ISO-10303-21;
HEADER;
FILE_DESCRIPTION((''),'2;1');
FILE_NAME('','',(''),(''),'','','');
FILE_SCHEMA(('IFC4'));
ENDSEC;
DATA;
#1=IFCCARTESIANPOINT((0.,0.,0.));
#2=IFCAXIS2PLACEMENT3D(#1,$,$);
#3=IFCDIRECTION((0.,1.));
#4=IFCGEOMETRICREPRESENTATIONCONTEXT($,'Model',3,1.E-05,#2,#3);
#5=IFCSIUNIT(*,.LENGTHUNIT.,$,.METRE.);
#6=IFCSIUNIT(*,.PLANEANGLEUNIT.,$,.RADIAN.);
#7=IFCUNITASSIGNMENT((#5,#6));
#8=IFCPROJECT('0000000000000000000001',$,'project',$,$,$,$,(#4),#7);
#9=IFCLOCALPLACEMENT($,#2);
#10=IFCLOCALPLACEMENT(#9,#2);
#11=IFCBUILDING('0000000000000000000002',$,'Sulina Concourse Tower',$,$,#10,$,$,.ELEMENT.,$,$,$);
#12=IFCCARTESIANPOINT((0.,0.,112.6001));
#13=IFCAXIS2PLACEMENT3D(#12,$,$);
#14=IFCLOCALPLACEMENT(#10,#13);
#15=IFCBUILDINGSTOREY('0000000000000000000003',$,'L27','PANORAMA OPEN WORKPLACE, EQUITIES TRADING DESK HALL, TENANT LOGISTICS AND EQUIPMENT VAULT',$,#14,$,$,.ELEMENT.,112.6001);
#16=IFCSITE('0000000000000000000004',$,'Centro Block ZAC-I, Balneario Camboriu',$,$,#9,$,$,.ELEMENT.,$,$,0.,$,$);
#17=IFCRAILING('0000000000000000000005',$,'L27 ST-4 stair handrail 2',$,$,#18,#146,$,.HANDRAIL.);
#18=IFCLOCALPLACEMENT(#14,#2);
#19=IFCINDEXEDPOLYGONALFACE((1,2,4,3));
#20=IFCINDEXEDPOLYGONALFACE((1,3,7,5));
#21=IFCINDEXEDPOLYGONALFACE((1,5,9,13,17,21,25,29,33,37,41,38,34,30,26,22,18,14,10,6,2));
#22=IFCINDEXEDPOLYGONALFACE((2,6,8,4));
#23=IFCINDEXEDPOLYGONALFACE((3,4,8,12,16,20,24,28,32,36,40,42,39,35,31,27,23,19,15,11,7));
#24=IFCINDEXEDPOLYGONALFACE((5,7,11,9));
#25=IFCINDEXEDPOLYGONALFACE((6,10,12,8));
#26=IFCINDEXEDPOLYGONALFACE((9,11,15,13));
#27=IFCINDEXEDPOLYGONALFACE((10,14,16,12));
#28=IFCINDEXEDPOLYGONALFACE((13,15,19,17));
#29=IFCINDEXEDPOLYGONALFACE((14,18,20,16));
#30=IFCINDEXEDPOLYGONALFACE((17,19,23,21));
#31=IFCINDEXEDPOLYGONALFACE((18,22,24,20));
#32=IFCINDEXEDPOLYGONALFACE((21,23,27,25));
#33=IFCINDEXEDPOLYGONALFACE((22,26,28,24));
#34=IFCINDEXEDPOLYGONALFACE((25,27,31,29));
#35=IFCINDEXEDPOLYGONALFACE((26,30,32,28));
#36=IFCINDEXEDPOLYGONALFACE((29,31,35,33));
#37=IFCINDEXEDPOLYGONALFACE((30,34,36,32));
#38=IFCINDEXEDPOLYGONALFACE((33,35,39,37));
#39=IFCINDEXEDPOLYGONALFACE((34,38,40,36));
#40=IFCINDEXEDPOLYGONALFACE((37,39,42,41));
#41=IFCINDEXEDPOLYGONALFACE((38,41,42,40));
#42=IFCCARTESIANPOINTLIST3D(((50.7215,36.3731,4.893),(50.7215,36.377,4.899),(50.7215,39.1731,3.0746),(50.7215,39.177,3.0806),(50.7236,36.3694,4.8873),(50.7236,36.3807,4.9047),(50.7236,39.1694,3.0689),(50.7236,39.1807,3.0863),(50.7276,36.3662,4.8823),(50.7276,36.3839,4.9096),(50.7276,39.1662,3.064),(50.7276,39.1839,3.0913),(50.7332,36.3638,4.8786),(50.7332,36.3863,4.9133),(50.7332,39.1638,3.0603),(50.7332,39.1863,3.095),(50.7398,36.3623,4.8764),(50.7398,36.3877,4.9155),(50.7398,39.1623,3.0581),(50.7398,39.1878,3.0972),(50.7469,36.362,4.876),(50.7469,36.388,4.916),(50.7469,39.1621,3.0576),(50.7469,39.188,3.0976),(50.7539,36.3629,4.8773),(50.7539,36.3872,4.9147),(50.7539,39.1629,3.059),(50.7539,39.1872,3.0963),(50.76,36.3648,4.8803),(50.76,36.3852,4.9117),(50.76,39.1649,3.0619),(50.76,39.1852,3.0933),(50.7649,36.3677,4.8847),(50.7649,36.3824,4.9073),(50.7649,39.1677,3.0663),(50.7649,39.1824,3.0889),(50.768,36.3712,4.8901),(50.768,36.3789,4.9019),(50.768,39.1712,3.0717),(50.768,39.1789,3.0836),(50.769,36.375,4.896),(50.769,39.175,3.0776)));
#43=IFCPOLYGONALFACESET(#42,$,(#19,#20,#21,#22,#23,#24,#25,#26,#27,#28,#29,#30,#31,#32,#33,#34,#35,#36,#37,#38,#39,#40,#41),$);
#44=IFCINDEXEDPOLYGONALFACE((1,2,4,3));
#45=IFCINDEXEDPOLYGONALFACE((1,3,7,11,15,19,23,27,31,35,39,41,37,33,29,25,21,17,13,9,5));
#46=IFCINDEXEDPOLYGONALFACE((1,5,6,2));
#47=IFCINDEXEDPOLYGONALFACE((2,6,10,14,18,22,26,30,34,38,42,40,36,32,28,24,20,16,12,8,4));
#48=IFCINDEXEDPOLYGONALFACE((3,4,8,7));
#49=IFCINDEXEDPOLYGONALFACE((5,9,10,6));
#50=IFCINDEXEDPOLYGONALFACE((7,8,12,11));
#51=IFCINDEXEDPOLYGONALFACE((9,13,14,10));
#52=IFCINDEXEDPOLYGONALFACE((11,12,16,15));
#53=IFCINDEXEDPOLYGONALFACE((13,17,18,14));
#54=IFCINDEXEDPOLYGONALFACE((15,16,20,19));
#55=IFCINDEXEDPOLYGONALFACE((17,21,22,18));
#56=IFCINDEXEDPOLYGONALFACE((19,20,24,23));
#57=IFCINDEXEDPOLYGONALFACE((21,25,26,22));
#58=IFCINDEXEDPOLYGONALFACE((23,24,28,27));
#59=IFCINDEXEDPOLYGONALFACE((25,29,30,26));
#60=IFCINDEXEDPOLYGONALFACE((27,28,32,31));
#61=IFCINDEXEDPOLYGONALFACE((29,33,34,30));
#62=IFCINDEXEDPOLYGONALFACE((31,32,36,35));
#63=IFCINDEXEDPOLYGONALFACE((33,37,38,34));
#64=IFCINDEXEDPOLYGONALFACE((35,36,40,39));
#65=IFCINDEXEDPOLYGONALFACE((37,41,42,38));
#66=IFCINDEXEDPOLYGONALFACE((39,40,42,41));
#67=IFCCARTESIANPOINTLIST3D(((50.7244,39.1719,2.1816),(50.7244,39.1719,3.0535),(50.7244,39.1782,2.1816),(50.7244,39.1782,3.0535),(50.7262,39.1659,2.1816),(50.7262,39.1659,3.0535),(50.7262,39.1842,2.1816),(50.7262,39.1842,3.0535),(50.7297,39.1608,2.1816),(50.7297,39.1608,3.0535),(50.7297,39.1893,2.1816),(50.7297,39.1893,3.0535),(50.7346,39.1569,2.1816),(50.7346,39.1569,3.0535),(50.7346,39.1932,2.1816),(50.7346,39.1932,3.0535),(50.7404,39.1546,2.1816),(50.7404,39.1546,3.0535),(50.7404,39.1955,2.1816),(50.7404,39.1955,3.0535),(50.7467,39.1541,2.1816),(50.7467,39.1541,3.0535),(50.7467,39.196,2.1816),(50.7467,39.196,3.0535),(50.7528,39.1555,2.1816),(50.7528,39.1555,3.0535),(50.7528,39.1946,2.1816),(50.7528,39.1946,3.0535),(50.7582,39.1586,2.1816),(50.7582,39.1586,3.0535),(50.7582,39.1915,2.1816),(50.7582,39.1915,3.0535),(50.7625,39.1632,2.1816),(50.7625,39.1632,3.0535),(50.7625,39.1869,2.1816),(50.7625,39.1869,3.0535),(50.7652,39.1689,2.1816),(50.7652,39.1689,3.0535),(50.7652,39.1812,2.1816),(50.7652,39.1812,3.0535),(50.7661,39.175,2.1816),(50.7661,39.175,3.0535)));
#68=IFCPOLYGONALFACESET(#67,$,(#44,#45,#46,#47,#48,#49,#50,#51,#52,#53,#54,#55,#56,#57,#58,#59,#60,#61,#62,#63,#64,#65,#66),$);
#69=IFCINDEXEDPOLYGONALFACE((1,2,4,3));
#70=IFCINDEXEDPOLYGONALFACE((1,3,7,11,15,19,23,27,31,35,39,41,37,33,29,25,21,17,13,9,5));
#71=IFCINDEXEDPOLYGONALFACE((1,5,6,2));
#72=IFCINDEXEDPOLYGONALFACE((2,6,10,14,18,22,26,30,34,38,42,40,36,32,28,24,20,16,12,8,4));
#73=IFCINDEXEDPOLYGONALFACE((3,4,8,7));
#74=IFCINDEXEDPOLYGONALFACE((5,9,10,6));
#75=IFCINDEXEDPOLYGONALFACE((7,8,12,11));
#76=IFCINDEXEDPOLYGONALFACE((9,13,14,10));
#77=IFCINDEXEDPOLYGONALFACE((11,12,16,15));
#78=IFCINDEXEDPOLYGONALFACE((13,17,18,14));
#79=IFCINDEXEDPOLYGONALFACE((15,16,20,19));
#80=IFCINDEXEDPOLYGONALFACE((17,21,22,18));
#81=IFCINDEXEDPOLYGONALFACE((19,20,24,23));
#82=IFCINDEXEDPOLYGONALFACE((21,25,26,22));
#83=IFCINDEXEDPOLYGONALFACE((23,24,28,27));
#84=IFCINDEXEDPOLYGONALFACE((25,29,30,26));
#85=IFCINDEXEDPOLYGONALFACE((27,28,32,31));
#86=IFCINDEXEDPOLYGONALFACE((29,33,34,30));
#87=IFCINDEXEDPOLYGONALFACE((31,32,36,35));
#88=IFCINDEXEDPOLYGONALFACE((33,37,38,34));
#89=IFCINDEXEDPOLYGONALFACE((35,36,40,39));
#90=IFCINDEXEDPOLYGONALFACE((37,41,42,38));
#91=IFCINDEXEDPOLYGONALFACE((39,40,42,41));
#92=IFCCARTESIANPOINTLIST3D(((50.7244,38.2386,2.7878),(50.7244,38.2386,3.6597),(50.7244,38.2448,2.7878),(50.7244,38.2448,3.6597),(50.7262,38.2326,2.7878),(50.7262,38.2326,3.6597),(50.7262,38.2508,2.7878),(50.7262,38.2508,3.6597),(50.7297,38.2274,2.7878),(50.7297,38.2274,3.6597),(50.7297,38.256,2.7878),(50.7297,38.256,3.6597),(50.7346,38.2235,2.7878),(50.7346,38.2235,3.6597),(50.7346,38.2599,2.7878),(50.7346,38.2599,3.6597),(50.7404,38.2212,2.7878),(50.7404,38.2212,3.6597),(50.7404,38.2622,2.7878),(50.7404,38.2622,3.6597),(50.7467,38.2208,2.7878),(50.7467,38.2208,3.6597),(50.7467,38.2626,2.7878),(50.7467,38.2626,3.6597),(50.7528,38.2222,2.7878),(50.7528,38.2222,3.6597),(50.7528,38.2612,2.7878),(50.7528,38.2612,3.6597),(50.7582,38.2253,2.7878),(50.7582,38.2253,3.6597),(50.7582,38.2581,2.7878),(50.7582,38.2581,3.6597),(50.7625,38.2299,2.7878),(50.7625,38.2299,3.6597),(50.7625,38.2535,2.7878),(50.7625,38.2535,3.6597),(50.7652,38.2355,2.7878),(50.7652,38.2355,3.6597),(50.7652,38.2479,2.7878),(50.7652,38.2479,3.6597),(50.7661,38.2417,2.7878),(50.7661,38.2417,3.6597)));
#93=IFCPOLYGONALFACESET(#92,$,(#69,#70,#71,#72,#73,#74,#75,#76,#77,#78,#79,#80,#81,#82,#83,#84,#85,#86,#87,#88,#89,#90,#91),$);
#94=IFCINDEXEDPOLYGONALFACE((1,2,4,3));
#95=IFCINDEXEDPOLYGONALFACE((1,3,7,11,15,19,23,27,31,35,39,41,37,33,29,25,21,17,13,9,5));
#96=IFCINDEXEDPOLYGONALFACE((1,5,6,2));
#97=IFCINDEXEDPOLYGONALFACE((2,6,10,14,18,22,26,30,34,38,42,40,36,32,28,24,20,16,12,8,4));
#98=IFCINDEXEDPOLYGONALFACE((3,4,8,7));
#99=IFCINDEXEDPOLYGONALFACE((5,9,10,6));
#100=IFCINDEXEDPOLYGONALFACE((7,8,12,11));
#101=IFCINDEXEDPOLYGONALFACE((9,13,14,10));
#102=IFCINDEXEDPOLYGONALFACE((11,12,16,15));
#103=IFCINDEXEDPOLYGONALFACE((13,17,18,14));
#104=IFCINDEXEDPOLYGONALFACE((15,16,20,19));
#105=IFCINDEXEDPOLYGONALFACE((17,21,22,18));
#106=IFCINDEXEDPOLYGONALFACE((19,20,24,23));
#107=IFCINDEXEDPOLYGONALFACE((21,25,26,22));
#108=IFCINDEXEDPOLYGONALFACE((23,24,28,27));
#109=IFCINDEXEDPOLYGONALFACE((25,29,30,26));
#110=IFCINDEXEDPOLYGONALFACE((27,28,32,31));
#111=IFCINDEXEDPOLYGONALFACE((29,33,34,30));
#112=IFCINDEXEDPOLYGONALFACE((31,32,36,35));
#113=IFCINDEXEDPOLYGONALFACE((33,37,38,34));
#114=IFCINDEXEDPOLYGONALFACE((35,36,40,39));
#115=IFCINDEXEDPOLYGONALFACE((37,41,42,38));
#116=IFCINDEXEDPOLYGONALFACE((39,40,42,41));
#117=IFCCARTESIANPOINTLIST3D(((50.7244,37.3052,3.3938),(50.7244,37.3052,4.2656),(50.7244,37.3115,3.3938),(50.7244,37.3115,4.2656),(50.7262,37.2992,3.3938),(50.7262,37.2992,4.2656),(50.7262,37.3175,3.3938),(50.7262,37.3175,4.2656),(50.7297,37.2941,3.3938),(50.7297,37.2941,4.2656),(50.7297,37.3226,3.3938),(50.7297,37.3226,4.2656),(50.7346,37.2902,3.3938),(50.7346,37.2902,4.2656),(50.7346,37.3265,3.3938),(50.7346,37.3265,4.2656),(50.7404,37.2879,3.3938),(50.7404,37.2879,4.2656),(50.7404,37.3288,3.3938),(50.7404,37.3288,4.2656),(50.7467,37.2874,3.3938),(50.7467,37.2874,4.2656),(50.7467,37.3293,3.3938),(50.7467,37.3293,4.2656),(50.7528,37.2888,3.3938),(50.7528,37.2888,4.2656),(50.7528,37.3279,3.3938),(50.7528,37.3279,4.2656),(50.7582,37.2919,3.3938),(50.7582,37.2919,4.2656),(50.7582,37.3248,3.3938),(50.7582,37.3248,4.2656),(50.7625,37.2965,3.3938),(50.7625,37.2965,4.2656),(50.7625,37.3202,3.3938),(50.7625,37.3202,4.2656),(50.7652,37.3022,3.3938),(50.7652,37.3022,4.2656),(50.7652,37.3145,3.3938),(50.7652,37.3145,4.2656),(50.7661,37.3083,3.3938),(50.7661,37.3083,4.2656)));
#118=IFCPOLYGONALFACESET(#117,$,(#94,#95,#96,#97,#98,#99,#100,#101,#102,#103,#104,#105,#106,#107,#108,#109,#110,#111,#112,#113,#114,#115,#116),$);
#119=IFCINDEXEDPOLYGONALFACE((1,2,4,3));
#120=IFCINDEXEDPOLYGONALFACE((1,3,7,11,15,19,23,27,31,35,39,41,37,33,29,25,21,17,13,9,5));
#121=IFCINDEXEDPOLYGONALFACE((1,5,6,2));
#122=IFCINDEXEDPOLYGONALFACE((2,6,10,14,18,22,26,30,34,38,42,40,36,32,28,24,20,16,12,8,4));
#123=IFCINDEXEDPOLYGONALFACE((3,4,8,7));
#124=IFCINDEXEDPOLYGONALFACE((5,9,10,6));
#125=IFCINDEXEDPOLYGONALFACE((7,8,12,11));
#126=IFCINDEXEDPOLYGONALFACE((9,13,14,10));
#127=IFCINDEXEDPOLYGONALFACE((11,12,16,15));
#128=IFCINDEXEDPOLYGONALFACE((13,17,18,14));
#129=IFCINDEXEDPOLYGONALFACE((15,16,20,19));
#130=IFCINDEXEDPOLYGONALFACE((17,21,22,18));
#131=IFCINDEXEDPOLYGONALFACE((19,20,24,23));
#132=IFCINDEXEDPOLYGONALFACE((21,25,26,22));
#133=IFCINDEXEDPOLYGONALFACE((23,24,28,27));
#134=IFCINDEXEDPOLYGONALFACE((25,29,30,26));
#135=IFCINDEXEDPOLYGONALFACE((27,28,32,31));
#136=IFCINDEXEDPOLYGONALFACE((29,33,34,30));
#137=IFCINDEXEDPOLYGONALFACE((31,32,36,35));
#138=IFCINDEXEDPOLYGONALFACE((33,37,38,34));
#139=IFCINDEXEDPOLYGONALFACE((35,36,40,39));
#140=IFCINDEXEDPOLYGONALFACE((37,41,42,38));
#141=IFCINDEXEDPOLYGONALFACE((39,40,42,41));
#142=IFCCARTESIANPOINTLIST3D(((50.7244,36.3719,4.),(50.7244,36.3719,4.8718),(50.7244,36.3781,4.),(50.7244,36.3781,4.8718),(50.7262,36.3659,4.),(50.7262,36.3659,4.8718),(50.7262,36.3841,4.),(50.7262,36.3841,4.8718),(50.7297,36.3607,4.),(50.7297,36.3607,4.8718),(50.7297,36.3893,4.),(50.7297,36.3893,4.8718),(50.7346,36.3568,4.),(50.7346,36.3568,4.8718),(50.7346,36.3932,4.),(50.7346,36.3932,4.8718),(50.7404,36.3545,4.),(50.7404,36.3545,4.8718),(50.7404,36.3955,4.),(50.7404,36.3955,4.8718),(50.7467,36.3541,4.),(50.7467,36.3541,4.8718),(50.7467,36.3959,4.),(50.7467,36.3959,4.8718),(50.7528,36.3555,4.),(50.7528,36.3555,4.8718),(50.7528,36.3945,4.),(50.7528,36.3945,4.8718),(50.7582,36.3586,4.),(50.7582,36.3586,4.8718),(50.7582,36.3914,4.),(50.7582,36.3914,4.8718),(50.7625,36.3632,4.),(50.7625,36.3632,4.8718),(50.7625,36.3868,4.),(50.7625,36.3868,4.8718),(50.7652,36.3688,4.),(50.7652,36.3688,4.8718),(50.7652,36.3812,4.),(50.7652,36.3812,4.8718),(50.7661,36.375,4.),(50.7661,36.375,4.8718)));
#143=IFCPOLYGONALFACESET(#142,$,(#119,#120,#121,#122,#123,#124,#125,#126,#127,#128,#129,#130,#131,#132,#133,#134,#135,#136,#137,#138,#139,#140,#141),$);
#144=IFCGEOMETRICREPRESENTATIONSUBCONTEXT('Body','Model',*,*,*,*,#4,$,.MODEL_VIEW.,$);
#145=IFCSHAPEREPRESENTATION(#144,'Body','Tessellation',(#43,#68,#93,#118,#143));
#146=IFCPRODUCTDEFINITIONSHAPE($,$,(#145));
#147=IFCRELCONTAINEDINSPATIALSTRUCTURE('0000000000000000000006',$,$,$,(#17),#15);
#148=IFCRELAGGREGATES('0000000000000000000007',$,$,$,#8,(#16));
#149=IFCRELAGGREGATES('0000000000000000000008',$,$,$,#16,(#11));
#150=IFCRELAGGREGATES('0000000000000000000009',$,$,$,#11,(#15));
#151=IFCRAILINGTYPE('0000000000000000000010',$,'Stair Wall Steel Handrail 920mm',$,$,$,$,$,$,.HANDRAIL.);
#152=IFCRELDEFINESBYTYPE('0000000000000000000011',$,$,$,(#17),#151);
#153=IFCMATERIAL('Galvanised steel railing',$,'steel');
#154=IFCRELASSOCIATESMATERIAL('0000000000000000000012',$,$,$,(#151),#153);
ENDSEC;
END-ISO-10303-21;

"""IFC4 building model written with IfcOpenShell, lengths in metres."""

from ifc_helpers import new_model, si_unit, direction, frame, origin, origin_2d, place, context, subcontext, project, spatial, circle, extrude, material, type_object, element, save


model = new_model("IFC4")

# Units and contexts
model_context = context("Model", 3, precision=1e-05, world=origin(), true_north=direction((0.0, 1.0)))
body_context = subcontext(model_context, "Body", "Model", "MODEL_VIEW")
ifc_project = project(units=[si_unit("LENGTHUNIT", "METRE"), si_unit("PLANEANGLEUNIT", "RADIAN")], contexts=[model_context])

# Site, building, storey
site_placement = place(None, origin())
site = spatial("IfcSite", under=ifc_project, at=site_placement, Name="Centro Block ZAC-I, Balneario Camboriu", CompositionType="ELEMENT", RefElevation=0.0)
building_placement = place(site_placement, origin())
building = spatial("IfcBuilding", under=site, at=building_placement, Name="Sulina Concourse Tower", CompositionType="ELEMENT")
storey_placement = place(building_placement, frame((0.0, 0.0, 112.6001)))
storey = spatial("IfcBuildingStorey", under=building, at=storey_placement, Name="L27", Description="PANORAMA OPEN WORKPLACE, EQUITIES TRADING DESK HALL, TENANT LOGISTICS AND EQUIPMENT VAULT", CompositionType="ELEMENT", Elevation=112.6001)

# Railing
ifc_material_1 = material(Name="Galvanised steel railing", Category="steel")
railing_type_1 = type_object("IfcRailingType", Name="Stair Wall Steel Handrail 920mm", PredefinedType="HANDRAIL", material=ifc_material_1)
railing_1_placement = place(storey_placement, frame((50.7451, 39.175, 2.1816)))
element("IfcRailing", 1, at=railing_1_placement, inside=storey, type_object=railing_type_1, Name="L27 ST-4 stair handrail 2", PredefinedType="HANDRAIL", context=body_context, shape_type="SweptSolid", body=[
    extrude(circle(Radius=0.0239, at=origin_2d()), frame((0.0, 0.0, 0.896), z_axis=(0.0, -0.838672, 0.544636), x_axis=(1.0, 0.0, 0.0)), (0.0, 0.0, 1.0), 3.3386),
    extrude(circle(Radius=0.021, at=origin_2d()), origin(), (0.0, 0.0, 1.0), 0.8718),
    extrude(circle(Radius=0.021, at=origin_2d()), frame((0.0, -0.9333, 0.6062)), (0.0, 0.0, 1.0), 0.8718),
    extrude(circle(Radius=0.021, at=origin_2d()), frame((0.0, -1.8667, 1.2122)), (0.0, 0.0, 1.0), 0.8718),
    extrude(circle(Radius=0.021, at=origin_2d()), frame((0.0, -2.8, 1.8184)), (0.0, 0.0, 1.0), 0.8718),
])

save(model, "model.ifc")
